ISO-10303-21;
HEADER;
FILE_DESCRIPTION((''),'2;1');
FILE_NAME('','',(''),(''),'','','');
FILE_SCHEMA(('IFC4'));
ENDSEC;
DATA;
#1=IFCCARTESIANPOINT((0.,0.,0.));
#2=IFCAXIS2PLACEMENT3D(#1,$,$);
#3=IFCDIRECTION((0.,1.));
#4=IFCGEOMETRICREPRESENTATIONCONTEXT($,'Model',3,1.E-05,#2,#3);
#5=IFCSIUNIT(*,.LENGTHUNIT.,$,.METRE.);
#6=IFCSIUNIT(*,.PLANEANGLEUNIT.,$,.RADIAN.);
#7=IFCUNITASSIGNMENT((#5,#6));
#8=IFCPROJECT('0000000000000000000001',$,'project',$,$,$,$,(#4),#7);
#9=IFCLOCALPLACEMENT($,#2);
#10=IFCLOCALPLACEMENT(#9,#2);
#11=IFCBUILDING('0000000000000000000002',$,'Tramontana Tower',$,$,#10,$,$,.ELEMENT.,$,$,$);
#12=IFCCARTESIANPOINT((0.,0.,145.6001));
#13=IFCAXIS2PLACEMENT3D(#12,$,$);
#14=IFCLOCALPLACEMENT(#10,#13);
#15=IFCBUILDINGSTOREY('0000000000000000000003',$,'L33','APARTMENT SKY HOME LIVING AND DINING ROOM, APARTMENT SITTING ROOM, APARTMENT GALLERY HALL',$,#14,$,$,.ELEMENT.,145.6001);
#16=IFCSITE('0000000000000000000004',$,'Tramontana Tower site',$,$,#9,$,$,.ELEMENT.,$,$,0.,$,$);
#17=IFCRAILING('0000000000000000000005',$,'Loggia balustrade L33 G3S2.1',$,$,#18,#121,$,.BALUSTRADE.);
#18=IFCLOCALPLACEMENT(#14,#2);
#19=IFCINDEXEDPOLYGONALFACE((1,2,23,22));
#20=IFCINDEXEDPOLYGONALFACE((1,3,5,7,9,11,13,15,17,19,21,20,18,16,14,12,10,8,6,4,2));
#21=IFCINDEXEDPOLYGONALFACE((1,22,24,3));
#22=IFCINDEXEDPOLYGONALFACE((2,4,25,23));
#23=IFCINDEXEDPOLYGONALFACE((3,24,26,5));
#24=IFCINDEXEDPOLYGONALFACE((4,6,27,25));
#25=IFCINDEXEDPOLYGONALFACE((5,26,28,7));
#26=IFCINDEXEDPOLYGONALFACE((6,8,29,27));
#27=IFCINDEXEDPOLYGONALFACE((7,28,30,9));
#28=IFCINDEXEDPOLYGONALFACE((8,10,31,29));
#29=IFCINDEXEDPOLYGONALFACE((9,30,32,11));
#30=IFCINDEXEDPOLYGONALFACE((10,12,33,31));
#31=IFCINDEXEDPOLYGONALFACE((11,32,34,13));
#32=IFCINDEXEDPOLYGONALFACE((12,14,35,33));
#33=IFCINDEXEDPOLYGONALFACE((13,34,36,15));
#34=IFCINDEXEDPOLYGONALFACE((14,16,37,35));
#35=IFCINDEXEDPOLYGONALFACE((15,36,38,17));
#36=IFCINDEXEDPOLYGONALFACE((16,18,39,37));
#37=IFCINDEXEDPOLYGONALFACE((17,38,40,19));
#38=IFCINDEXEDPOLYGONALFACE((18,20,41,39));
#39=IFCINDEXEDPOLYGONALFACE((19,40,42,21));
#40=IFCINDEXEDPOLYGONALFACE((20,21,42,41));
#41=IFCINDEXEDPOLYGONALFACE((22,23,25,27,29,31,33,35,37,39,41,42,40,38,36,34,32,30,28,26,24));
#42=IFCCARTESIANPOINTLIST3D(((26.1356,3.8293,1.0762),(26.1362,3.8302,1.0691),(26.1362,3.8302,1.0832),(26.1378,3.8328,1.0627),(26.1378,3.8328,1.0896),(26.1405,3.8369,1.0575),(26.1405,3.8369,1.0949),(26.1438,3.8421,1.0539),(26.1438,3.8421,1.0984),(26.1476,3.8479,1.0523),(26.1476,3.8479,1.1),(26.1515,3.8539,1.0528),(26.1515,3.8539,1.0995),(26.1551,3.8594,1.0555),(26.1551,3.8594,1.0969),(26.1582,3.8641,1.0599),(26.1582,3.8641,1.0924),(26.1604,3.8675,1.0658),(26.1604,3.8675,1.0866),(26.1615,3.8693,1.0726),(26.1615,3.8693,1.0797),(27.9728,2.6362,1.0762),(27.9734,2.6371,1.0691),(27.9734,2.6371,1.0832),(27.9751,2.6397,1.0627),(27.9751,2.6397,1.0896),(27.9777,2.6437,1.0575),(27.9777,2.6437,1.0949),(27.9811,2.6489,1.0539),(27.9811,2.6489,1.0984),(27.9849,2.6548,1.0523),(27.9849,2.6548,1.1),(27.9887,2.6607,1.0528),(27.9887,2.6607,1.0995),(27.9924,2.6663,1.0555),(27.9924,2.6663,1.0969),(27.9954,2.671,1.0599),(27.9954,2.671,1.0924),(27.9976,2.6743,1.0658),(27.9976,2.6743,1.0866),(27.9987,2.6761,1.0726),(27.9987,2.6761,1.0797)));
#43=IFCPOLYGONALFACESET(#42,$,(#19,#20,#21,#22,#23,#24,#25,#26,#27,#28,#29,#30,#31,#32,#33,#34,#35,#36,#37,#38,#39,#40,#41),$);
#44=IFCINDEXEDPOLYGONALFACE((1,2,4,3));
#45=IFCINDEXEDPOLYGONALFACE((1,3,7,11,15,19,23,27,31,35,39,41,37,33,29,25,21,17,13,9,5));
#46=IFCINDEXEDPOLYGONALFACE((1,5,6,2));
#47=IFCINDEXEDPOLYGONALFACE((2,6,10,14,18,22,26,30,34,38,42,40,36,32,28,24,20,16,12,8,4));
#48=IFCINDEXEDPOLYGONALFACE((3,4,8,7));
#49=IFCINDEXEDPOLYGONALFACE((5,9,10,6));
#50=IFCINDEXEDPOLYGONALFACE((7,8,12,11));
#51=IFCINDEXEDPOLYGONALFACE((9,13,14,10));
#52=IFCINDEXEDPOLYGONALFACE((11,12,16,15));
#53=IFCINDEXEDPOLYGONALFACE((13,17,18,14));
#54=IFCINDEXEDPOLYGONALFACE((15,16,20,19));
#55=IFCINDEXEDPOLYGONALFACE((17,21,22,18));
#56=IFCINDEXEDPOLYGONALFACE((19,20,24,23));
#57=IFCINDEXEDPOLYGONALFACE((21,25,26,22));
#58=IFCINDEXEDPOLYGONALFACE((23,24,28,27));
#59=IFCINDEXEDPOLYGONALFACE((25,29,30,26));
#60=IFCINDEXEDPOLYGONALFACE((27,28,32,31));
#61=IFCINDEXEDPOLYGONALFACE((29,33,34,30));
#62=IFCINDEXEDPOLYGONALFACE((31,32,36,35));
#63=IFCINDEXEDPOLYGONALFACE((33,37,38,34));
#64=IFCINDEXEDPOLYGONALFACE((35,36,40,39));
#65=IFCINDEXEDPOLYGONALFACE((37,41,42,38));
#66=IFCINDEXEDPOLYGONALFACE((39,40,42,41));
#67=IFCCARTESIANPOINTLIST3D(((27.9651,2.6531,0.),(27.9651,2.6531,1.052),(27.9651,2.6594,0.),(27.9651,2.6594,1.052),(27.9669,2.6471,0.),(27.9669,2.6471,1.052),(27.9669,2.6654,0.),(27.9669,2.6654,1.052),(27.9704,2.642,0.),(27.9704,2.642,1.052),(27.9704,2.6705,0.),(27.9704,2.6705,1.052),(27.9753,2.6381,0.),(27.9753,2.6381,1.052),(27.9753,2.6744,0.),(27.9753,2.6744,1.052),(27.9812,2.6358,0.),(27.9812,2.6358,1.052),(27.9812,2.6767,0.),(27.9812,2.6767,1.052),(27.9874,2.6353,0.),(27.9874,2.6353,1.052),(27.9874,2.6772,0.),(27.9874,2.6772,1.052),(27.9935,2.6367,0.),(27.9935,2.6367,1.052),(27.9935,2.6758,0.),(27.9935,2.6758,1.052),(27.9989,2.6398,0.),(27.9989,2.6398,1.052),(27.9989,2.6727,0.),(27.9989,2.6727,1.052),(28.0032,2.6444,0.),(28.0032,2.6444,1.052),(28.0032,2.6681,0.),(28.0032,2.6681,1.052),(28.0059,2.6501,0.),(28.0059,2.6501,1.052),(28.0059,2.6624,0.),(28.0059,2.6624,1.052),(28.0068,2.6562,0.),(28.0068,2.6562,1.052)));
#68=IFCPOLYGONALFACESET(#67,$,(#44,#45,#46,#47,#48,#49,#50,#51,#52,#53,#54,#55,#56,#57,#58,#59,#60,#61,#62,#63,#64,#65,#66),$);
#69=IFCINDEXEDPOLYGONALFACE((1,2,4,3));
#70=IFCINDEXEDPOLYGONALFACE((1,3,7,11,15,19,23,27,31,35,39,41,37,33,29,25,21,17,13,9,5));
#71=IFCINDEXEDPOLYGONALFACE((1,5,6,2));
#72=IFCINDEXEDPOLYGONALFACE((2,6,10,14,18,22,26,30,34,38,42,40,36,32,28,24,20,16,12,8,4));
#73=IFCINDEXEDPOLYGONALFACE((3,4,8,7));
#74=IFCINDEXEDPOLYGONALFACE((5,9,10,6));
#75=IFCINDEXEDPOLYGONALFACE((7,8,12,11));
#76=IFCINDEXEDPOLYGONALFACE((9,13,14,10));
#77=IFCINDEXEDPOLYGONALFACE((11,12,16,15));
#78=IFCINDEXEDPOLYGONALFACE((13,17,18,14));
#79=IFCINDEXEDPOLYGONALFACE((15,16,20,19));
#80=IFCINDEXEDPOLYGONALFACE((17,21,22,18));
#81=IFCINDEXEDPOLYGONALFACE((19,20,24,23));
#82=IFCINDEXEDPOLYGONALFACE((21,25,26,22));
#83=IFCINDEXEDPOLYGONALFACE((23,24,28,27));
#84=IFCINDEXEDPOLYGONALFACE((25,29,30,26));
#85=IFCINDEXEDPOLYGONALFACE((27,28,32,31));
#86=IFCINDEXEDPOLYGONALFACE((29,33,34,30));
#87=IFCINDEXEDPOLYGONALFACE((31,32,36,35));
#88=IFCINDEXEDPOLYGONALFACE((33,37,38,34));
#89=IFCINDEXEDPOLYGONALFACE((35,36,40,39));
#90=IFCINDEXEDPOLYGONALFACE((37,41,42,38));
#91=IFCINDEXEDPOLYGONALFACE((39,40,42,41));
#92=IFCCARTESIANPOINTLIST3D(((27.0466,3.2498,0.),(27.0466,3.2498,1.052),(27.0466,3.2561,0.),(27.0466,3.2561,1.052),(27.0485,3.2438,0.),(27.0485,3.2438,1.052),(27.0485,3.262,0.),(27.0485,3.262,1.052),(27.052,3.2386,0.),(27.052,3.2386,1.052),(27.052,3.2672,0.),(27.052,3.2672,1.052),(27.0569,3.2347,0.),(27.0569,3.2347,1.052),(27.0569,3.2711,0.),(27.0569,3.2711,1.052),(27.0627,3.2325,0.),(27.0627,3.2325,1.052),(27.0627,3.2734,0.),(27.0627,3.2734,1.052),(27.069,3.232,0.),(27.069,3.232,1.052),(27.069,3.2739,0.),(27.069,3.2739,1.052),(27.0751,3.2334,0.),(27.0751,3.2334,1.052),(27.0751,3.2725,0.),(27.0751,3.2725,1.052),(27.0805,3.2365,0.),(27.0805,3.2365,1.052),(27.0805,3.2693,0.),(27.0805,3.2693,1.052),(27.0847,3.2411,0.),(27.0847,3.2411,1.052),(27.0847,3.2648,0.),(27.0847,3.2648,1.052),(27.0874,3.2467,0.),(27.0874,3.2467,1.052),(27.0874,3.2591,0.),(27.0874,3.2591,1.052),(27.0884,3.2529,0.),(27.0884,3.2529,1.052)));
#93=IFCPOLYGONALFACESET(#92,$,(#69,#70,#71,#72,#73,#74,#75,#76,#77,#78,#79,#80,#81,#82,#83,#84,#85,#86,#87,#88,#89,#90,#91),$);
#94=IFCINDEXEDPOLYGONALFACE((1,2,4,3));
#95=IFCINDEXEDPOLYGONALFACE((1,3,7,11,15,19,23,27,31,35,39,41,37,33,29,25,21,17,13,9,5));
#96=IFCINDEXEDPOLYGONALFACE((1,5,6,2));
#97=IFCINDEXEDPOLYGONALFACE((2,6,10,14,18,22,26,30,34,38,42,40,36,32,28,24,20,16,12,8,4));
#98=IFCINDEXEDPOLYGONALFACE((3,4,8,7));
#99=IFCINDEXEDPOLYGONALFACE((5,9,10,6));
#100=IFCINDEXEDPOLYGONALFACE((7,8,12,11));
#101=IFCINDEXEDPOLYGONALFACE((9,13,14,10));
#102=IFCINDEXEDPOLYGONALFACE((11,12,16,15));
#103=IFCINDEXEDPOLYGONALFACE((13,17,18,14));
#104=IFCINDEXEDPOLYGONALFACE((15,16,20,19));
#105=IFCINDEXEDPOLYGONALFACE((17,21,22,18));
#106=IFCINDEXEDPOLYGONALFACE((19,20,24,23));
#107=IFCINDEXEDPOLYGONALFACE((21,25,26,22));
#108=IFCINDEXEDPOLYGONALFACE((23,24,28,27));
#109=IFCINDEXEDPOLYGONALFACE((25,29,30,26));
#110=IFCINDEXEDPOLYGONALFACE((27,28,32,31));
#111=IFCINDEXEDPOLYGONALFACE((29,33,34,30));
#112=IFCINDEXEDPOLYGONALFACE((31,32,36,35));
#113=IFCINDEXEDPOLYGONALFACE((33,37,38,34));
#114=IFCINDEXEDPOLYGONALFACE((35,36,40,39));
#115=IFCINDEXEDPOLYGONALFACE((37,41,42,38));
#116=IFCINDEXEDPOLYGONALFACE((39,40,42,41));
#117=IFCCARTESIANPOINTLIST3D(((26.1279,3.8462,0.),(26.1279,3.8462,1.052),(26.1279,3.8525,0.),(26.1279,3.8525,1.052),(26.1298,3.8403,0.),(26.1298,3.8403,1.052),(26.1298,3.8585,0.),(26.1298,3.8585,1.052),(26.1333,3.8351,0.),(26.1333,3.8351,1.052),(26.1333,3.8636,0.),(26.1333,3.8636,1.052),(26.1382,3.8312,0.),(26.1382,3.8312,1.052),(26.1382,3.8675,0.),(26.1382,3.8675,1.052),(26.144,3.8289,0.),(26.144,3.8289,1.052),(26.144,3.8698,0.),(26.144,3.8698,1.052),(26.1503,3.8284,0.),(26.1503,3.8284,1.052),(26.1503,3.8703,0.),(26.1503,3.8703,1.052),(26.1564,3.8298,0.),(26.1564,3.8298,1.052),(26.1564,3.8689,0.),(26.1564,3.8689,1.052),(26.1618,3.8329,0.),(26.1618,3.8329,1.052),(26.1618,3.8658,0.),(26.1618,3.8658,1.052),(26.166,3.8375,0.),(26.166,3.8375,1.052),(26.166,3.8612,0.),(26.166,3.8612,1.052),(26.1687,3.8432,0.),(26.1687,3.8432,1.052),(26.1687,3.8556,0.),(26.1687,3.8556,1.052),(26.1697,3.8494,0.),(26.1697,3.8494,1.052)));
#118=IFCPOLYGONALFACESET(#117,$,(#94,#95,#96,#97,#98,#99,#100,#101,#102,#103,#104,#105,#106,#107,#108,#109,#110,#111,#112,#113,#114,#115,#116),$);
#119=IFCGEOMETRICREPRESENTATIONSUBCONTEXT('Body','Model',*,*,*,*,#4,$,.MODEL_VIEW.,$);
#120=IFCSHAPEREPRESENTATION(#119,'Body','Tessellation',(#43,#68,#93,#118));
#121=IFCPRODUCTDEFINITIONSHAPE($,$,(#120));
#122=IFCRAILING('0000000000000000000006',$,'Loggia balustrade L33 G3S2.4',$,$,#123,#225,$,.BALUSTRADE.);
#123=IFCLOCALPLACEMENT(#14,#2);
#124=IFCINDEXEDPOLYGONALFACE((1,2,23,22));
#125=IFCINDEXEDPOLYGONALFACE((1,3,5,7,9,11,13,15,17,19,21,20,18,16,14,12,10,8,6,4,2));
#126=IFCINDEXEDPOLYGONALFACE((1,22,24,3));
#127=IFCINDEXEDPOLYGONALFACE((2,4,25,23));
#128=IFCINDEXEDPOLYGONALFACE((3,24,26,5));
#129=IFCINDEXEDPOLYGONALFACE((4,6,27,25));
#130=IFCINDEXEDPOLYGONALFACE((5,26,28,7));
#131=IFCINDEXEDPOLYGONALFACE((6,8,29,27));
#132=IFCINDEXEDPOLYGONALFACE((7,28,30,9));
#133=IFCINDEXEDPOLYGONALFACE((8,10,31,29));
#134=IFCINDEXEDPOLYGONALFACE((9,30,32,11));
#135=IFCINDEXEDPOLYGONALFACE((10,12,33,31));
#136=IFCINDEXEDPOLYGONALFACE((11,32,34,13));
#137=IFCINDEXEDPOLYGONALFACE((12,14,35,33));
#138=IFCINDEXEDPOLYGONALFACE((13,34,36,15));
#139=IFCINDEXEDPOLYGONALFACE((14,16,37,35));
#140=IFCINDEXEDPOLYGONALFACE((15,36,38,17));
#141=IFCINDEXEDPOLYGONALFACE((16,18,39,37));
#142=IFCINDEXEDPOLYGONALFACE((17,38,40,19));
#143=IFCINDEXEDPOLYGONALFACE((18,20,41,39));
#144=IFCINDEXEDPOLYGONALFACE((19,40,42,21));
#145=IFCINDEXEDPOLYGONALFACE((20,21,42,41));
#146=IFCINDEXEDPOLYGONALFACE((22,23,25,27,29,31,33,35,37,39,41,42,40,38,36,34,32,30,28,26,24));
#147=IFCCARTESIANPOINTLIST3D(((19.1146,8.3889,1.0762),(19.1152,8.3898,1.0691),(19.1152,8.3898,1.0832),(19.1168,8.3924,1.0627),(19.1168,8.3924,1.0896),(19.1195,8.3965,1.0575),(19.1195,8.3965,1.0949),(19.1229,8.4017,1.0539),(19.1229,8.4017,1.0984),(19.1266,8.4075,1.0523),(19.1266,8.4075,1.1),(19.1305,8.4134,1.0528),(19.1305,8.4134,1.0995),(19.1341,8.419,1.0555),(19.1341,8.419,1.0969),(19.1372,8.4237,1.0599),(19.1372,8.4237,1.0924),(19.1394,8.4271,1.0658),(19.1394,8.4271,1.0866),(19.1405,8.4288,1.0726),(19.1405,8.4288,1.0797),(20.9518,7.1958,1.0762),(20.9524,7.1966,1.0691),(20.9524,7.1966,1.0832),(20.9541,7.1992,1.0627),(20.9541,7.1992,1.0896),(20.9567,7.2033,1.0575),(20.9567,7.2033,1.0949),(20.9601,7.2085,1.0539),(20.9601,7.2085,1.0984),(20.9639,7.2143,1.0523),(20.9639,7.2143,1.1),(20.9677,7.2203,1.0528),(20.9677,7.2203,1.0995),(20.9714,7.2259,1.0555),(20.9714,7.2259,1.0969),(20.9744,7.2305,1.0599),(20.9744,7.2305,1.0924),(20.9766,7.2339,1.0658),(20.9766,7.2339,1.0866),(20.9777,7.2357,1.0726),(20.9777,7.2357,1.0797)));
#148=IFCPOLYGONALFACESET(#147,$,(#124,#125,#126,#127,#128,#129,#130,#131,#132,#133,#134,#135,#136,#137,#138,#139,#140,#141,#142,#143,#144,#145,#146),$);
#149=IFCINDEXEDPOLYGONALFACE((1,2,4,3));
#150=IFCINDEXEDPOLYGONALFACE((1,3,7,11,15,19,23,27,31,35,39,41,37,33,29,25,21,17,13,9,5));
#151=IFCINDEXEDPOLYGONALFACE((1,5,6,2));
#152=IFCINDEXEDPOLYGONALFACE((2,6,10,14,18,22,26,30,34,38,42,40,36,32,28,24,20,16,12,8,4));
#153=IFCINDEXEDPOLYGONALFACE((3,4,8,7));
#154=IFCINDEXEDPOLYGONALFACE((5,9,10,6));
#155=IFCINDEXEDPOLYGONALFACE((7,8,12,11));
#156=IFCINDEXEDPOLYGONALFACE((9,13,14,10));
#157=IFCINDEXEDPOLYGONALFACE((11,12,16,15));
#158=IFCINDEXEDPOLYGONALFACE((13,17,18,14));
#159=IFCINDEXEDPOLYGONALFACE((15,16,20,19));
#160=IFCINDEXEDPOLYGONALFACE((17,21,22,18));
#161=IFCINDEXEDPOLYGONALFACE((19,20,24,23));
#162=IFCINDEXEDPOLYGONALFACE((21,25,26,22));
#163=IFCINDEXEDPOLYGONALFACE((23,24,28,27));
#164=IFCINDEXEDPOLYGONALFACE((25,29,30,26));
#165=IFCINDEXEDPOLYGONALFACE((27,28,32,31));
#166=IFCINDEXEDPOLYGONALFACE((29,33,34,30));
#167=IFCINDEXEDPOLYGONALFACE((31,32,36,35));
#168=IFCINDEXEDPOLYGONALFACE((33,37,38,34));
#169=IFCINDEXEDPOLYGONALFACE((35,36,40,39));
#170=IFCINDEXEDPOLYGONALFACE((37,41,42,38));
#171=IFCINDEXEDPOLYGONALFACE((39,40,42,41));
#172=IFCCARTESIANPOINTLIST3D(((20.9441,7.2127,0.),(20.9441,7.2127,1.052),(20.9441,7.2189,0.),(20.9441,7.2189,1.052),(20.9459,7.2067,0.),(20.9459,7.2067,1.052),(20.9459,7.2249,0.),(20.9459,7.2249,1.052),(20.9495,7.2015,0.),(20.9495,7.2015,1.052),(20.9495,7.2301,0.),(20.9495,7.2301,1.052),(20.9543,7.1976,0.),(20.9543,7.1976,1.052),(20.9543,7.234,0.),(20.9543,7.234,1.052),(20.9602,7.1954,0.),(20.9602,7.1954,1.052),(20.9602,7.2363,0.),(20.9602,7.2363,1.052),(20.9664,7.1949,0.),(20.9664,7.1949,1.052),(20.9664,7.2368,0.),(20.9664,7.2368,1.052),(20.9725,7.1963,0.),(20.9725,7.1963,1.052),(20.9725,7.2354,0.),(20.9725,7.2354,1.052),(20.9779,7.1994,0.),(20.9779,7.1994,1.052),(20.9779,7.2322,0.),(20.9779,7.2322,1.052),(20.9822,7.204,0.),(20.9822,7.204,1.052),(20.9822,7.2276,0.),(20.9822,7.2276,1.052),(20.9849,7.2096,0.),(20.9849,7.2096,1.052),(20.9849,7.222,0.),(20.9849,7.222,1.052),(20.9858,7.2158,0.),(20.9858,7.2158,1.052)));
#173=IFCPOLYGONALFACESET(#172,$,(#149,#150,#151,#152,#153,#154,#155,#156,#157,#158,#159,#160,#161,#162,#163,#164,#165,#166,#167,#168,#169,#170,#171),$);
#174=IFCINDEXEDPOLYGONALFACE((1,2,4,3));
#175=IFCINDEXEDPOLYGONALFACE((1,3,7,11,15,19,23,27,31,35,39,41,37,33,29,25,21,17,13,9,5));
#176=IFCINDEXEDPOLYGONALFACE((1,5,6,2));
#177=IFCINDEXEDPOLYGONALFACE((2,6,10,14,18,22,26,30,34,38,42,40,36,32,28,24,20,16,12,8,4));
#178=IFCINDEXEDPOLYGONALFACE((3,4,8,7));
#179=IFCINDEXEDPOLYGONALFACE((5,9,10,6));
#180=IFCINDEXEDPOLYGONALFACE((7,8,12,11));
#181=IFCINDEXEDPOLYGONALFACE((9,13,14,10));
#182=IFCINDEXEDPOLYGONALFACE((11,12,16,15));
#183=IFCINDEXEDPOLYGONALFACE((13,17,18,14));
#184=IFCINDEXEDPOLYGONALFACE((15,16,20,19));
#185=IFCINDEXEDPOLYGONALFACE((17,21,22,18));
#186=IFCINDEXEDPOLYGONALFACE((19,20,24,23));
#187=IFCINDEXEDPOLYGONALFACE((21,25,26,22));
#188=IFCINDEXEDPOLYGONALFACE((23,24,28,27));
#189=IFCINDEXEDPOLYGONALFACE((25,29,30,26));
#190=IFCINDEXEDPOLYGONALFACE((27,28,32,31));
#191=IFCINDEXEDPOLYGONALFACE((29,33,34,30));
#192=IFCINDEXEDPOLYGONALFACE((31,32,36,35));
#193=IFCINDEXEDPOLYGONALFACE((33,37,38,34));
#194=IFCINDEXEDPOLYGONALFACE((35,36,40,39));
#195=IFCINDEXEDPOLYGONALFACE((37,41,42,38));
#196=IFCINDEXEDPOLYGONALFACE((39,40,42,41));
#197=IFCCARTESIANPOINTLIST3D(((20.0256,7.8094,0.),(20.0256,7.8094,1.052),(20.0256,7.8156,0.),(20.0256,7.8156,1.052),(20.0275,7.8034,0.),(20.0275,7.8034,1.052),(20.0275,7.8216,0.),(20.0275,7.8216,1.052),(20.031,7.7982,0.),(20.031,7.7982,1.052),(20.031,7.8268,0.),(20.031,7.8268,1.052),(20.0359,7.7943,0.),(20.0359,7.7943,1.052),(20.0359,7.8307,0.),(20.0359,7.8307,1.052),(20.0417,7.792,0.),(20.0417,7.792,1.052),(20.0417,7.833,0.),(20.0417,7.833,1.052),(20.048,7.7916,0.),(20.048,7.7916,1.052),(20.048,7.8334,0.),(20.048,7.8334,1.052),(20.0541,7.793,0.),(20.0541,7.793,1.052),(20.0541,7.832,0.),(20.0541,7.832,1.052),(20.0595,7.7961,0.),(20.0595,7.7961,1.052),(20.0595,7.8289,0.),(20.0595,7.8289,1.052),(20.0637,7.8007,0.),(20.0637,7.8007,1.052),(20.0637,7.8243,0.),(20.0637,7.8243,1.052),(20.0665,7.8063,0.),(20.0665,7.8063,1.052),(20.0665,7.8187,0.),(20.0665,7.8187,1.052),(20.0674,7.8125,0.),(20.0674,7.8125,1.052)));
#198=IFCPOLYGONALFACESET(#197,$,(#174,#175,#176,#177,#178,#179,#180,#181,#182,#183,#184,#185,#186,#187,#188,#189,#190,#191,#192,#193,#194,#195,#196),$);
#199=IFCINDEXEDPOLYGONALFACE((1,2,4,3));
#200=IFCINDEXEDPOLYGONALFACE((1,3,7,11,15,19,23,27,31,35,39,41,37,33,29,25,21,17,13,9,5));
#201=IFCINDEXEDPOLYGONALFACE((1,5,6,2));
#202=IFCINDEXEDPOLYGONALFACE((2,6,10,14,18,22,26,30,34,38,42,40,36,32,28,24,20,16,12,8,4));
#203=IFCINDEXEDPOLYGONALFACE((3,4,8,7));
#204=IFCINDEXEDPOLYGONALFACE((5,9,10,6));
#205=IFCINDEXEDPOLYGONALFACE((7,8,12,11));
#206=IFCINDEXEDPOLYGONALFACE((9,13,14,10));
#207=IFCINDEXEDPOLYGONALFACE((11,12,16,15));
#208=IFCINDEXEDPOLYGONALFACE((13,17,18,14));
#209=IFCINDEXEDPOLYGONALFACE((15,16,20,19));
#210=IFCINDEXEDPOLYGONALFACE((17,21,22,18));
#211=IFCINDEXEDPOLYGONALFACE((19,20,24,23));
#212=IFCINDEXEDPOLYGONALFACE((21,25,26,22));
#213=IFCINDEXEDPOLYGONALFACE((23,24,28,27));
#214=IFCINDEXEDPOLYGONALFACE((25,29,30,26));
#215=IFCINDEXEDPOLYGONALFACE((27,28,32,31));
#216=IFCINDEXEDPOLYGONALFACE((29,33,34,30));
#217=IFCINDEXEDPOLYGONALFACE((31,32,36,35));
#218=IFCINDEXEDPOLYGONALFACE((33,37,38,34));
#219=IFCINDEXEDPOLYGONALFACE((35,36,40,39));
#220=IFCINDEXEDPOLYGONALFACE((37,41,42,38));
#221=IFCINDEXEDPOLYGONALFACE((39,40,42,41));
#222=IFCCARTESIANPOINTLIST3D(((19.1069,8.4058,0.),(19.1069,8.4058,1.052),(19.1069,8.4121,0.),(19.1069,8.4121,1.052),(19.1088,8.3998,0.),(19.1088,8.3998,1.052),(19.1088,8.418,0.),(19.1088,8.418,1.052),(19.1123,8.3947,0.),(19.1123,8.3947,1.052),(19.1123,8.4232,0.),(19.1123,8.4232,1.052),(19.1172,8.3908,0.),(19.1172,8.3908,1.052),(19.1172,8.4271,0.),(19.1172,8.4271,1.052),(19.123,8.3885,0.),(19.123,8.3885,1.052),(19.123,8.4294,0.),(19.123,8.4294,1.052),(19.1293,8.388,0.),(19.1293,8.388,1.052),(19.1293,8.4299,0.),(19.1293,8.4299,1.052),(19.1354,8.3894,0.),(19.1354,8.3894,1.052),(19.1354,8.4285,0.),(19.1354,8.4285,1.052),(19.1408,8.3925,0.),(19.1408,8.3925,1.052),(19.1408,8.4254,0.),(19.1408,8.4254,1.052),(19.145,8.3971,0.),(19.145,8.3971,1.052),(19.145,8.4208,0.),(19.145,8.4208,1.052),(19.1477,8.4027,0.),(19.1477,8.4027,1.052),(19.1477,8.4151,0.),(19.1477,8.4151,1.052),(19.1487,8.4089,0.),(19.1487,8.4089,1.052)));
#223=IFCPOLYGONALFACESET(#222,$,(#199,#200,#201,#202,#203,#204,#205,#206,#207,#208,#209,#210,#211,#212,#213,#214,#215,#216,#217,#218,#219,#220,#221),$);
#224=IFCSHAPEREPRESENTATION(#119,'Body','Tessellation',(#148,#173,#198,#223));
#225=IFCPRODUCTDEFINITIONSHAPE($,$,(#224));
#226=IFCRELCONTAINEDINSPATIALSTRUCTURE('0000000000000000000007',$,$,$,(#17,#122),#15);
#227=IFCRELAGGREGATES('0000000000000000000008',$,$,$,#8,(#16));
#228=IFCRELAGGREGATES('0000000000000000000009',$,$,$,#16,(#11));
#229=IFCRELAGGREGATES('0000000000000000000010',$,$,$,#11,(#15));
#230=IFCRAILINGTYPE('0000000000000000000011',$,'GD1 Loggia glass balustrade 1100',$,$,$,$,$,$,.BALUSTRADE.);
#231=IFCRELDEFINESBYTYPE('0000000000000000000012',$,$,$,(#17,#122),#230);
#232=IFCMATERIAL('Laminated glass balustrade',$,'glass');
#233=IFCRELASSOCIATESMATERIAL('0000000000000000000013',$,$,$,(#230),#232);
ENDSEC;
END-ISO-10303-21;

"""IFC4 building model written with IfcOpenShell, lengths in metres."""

from ifc_helpers import new_model, si_unit, direction, frame, origin, origin_2d, place, context, subcontext, project, spatial, circle, extrude, material, type_object, element, save


model = new_model("IFC4")

# Units and contexts
model_context = context("Model", 3, precision=1e-05, world=origin(), true_north=direction((0.0, 1.0)))
body_context = subcontext(model_context, "Body", "Model", "MODEL_VIEW")
ifc_project = project(units=[si_unit("LENGTHUNIT", "METRE"), si_unit("PLANEANGLEUNIT", "RADIAN")], contexts=[model_context])

# Site, building, storey
site_placement = place(None, origin())
site = spatial("IfcSite", under=ifc_project, at=site_placement, Name="Tramontana Tower site", CompositionType="ELEMENT", RefElevation=0.0)
building_placement = place(site_placement, origin())
building = spatial("IfcBuilding", under=site, at=building_placement, Name="Tramontana Tower", CompositionType="ELEMENT")
storey_placement = place(building_placement, frame((0.0, 0.0, 145.6001)))
storey = spatial("IfcBuildingStorey", under=building, at=storey_placement, Name="L33", Description="APARTMENT SKY HOME LIVING AND DINING ROOM, APARTMENT SITTING ROOM, APARTMENT GALLERY HALL", CompositionType="ELEMENT", Elevation=145.6001)

# Railings
ifc_material_1 = material(Name="Laminated glass balustrade", Category="glass")
railing_type = type_object("IfcRailingType", Name="GD1 Loggia glass balustrade 1100", PredefinedType="BALUSTRADE", material=ifc_material_1)
for number, where, name in (
    (1, (27.9858, 2.6562, 0.0), "Loggia balustrade L33 G3S2.1"),
    (2, (20.9648, 7.2158, 0.0), "Loggia balustrade L33 G3S2.4"),
):
    element("IfcRailing", number, at=place(storey_placement, frame(where)), inside=storey, type_object=railing_type, Name=name, PredefinedType="BALUSTRADE", context=body_context, shape_type="SweptSolid", body=[
        extrude(circle(Radius=0.0239, at=origin_2d()), frame((0.0, 0.0, 1.0762), z_axis=(-0.83866, 0.544655, 0.0), x_axis=(-0.544655, -0.83866, 0.0)), (0.0, 0.0, 1.0), 2.1907),
        extrude(circle(Radius=0.021, at=origin_2d()), origin(), (0.0, 0.0, 1.0), 1.052),
        extrude(circle(Radius=0.021, at=origin_2d()), frame((-0.9185, 0.5967, 0.0)), (0.0, 0.0, 1.0), 1.052),
        extrude(circle(Radius=0.021, at=origin_2d()), frame((-1.8372, 1.1931, 0.0)), (0.0, 0.0, 1.0), 1.052),
    ])

save(model, "model.ifc")
